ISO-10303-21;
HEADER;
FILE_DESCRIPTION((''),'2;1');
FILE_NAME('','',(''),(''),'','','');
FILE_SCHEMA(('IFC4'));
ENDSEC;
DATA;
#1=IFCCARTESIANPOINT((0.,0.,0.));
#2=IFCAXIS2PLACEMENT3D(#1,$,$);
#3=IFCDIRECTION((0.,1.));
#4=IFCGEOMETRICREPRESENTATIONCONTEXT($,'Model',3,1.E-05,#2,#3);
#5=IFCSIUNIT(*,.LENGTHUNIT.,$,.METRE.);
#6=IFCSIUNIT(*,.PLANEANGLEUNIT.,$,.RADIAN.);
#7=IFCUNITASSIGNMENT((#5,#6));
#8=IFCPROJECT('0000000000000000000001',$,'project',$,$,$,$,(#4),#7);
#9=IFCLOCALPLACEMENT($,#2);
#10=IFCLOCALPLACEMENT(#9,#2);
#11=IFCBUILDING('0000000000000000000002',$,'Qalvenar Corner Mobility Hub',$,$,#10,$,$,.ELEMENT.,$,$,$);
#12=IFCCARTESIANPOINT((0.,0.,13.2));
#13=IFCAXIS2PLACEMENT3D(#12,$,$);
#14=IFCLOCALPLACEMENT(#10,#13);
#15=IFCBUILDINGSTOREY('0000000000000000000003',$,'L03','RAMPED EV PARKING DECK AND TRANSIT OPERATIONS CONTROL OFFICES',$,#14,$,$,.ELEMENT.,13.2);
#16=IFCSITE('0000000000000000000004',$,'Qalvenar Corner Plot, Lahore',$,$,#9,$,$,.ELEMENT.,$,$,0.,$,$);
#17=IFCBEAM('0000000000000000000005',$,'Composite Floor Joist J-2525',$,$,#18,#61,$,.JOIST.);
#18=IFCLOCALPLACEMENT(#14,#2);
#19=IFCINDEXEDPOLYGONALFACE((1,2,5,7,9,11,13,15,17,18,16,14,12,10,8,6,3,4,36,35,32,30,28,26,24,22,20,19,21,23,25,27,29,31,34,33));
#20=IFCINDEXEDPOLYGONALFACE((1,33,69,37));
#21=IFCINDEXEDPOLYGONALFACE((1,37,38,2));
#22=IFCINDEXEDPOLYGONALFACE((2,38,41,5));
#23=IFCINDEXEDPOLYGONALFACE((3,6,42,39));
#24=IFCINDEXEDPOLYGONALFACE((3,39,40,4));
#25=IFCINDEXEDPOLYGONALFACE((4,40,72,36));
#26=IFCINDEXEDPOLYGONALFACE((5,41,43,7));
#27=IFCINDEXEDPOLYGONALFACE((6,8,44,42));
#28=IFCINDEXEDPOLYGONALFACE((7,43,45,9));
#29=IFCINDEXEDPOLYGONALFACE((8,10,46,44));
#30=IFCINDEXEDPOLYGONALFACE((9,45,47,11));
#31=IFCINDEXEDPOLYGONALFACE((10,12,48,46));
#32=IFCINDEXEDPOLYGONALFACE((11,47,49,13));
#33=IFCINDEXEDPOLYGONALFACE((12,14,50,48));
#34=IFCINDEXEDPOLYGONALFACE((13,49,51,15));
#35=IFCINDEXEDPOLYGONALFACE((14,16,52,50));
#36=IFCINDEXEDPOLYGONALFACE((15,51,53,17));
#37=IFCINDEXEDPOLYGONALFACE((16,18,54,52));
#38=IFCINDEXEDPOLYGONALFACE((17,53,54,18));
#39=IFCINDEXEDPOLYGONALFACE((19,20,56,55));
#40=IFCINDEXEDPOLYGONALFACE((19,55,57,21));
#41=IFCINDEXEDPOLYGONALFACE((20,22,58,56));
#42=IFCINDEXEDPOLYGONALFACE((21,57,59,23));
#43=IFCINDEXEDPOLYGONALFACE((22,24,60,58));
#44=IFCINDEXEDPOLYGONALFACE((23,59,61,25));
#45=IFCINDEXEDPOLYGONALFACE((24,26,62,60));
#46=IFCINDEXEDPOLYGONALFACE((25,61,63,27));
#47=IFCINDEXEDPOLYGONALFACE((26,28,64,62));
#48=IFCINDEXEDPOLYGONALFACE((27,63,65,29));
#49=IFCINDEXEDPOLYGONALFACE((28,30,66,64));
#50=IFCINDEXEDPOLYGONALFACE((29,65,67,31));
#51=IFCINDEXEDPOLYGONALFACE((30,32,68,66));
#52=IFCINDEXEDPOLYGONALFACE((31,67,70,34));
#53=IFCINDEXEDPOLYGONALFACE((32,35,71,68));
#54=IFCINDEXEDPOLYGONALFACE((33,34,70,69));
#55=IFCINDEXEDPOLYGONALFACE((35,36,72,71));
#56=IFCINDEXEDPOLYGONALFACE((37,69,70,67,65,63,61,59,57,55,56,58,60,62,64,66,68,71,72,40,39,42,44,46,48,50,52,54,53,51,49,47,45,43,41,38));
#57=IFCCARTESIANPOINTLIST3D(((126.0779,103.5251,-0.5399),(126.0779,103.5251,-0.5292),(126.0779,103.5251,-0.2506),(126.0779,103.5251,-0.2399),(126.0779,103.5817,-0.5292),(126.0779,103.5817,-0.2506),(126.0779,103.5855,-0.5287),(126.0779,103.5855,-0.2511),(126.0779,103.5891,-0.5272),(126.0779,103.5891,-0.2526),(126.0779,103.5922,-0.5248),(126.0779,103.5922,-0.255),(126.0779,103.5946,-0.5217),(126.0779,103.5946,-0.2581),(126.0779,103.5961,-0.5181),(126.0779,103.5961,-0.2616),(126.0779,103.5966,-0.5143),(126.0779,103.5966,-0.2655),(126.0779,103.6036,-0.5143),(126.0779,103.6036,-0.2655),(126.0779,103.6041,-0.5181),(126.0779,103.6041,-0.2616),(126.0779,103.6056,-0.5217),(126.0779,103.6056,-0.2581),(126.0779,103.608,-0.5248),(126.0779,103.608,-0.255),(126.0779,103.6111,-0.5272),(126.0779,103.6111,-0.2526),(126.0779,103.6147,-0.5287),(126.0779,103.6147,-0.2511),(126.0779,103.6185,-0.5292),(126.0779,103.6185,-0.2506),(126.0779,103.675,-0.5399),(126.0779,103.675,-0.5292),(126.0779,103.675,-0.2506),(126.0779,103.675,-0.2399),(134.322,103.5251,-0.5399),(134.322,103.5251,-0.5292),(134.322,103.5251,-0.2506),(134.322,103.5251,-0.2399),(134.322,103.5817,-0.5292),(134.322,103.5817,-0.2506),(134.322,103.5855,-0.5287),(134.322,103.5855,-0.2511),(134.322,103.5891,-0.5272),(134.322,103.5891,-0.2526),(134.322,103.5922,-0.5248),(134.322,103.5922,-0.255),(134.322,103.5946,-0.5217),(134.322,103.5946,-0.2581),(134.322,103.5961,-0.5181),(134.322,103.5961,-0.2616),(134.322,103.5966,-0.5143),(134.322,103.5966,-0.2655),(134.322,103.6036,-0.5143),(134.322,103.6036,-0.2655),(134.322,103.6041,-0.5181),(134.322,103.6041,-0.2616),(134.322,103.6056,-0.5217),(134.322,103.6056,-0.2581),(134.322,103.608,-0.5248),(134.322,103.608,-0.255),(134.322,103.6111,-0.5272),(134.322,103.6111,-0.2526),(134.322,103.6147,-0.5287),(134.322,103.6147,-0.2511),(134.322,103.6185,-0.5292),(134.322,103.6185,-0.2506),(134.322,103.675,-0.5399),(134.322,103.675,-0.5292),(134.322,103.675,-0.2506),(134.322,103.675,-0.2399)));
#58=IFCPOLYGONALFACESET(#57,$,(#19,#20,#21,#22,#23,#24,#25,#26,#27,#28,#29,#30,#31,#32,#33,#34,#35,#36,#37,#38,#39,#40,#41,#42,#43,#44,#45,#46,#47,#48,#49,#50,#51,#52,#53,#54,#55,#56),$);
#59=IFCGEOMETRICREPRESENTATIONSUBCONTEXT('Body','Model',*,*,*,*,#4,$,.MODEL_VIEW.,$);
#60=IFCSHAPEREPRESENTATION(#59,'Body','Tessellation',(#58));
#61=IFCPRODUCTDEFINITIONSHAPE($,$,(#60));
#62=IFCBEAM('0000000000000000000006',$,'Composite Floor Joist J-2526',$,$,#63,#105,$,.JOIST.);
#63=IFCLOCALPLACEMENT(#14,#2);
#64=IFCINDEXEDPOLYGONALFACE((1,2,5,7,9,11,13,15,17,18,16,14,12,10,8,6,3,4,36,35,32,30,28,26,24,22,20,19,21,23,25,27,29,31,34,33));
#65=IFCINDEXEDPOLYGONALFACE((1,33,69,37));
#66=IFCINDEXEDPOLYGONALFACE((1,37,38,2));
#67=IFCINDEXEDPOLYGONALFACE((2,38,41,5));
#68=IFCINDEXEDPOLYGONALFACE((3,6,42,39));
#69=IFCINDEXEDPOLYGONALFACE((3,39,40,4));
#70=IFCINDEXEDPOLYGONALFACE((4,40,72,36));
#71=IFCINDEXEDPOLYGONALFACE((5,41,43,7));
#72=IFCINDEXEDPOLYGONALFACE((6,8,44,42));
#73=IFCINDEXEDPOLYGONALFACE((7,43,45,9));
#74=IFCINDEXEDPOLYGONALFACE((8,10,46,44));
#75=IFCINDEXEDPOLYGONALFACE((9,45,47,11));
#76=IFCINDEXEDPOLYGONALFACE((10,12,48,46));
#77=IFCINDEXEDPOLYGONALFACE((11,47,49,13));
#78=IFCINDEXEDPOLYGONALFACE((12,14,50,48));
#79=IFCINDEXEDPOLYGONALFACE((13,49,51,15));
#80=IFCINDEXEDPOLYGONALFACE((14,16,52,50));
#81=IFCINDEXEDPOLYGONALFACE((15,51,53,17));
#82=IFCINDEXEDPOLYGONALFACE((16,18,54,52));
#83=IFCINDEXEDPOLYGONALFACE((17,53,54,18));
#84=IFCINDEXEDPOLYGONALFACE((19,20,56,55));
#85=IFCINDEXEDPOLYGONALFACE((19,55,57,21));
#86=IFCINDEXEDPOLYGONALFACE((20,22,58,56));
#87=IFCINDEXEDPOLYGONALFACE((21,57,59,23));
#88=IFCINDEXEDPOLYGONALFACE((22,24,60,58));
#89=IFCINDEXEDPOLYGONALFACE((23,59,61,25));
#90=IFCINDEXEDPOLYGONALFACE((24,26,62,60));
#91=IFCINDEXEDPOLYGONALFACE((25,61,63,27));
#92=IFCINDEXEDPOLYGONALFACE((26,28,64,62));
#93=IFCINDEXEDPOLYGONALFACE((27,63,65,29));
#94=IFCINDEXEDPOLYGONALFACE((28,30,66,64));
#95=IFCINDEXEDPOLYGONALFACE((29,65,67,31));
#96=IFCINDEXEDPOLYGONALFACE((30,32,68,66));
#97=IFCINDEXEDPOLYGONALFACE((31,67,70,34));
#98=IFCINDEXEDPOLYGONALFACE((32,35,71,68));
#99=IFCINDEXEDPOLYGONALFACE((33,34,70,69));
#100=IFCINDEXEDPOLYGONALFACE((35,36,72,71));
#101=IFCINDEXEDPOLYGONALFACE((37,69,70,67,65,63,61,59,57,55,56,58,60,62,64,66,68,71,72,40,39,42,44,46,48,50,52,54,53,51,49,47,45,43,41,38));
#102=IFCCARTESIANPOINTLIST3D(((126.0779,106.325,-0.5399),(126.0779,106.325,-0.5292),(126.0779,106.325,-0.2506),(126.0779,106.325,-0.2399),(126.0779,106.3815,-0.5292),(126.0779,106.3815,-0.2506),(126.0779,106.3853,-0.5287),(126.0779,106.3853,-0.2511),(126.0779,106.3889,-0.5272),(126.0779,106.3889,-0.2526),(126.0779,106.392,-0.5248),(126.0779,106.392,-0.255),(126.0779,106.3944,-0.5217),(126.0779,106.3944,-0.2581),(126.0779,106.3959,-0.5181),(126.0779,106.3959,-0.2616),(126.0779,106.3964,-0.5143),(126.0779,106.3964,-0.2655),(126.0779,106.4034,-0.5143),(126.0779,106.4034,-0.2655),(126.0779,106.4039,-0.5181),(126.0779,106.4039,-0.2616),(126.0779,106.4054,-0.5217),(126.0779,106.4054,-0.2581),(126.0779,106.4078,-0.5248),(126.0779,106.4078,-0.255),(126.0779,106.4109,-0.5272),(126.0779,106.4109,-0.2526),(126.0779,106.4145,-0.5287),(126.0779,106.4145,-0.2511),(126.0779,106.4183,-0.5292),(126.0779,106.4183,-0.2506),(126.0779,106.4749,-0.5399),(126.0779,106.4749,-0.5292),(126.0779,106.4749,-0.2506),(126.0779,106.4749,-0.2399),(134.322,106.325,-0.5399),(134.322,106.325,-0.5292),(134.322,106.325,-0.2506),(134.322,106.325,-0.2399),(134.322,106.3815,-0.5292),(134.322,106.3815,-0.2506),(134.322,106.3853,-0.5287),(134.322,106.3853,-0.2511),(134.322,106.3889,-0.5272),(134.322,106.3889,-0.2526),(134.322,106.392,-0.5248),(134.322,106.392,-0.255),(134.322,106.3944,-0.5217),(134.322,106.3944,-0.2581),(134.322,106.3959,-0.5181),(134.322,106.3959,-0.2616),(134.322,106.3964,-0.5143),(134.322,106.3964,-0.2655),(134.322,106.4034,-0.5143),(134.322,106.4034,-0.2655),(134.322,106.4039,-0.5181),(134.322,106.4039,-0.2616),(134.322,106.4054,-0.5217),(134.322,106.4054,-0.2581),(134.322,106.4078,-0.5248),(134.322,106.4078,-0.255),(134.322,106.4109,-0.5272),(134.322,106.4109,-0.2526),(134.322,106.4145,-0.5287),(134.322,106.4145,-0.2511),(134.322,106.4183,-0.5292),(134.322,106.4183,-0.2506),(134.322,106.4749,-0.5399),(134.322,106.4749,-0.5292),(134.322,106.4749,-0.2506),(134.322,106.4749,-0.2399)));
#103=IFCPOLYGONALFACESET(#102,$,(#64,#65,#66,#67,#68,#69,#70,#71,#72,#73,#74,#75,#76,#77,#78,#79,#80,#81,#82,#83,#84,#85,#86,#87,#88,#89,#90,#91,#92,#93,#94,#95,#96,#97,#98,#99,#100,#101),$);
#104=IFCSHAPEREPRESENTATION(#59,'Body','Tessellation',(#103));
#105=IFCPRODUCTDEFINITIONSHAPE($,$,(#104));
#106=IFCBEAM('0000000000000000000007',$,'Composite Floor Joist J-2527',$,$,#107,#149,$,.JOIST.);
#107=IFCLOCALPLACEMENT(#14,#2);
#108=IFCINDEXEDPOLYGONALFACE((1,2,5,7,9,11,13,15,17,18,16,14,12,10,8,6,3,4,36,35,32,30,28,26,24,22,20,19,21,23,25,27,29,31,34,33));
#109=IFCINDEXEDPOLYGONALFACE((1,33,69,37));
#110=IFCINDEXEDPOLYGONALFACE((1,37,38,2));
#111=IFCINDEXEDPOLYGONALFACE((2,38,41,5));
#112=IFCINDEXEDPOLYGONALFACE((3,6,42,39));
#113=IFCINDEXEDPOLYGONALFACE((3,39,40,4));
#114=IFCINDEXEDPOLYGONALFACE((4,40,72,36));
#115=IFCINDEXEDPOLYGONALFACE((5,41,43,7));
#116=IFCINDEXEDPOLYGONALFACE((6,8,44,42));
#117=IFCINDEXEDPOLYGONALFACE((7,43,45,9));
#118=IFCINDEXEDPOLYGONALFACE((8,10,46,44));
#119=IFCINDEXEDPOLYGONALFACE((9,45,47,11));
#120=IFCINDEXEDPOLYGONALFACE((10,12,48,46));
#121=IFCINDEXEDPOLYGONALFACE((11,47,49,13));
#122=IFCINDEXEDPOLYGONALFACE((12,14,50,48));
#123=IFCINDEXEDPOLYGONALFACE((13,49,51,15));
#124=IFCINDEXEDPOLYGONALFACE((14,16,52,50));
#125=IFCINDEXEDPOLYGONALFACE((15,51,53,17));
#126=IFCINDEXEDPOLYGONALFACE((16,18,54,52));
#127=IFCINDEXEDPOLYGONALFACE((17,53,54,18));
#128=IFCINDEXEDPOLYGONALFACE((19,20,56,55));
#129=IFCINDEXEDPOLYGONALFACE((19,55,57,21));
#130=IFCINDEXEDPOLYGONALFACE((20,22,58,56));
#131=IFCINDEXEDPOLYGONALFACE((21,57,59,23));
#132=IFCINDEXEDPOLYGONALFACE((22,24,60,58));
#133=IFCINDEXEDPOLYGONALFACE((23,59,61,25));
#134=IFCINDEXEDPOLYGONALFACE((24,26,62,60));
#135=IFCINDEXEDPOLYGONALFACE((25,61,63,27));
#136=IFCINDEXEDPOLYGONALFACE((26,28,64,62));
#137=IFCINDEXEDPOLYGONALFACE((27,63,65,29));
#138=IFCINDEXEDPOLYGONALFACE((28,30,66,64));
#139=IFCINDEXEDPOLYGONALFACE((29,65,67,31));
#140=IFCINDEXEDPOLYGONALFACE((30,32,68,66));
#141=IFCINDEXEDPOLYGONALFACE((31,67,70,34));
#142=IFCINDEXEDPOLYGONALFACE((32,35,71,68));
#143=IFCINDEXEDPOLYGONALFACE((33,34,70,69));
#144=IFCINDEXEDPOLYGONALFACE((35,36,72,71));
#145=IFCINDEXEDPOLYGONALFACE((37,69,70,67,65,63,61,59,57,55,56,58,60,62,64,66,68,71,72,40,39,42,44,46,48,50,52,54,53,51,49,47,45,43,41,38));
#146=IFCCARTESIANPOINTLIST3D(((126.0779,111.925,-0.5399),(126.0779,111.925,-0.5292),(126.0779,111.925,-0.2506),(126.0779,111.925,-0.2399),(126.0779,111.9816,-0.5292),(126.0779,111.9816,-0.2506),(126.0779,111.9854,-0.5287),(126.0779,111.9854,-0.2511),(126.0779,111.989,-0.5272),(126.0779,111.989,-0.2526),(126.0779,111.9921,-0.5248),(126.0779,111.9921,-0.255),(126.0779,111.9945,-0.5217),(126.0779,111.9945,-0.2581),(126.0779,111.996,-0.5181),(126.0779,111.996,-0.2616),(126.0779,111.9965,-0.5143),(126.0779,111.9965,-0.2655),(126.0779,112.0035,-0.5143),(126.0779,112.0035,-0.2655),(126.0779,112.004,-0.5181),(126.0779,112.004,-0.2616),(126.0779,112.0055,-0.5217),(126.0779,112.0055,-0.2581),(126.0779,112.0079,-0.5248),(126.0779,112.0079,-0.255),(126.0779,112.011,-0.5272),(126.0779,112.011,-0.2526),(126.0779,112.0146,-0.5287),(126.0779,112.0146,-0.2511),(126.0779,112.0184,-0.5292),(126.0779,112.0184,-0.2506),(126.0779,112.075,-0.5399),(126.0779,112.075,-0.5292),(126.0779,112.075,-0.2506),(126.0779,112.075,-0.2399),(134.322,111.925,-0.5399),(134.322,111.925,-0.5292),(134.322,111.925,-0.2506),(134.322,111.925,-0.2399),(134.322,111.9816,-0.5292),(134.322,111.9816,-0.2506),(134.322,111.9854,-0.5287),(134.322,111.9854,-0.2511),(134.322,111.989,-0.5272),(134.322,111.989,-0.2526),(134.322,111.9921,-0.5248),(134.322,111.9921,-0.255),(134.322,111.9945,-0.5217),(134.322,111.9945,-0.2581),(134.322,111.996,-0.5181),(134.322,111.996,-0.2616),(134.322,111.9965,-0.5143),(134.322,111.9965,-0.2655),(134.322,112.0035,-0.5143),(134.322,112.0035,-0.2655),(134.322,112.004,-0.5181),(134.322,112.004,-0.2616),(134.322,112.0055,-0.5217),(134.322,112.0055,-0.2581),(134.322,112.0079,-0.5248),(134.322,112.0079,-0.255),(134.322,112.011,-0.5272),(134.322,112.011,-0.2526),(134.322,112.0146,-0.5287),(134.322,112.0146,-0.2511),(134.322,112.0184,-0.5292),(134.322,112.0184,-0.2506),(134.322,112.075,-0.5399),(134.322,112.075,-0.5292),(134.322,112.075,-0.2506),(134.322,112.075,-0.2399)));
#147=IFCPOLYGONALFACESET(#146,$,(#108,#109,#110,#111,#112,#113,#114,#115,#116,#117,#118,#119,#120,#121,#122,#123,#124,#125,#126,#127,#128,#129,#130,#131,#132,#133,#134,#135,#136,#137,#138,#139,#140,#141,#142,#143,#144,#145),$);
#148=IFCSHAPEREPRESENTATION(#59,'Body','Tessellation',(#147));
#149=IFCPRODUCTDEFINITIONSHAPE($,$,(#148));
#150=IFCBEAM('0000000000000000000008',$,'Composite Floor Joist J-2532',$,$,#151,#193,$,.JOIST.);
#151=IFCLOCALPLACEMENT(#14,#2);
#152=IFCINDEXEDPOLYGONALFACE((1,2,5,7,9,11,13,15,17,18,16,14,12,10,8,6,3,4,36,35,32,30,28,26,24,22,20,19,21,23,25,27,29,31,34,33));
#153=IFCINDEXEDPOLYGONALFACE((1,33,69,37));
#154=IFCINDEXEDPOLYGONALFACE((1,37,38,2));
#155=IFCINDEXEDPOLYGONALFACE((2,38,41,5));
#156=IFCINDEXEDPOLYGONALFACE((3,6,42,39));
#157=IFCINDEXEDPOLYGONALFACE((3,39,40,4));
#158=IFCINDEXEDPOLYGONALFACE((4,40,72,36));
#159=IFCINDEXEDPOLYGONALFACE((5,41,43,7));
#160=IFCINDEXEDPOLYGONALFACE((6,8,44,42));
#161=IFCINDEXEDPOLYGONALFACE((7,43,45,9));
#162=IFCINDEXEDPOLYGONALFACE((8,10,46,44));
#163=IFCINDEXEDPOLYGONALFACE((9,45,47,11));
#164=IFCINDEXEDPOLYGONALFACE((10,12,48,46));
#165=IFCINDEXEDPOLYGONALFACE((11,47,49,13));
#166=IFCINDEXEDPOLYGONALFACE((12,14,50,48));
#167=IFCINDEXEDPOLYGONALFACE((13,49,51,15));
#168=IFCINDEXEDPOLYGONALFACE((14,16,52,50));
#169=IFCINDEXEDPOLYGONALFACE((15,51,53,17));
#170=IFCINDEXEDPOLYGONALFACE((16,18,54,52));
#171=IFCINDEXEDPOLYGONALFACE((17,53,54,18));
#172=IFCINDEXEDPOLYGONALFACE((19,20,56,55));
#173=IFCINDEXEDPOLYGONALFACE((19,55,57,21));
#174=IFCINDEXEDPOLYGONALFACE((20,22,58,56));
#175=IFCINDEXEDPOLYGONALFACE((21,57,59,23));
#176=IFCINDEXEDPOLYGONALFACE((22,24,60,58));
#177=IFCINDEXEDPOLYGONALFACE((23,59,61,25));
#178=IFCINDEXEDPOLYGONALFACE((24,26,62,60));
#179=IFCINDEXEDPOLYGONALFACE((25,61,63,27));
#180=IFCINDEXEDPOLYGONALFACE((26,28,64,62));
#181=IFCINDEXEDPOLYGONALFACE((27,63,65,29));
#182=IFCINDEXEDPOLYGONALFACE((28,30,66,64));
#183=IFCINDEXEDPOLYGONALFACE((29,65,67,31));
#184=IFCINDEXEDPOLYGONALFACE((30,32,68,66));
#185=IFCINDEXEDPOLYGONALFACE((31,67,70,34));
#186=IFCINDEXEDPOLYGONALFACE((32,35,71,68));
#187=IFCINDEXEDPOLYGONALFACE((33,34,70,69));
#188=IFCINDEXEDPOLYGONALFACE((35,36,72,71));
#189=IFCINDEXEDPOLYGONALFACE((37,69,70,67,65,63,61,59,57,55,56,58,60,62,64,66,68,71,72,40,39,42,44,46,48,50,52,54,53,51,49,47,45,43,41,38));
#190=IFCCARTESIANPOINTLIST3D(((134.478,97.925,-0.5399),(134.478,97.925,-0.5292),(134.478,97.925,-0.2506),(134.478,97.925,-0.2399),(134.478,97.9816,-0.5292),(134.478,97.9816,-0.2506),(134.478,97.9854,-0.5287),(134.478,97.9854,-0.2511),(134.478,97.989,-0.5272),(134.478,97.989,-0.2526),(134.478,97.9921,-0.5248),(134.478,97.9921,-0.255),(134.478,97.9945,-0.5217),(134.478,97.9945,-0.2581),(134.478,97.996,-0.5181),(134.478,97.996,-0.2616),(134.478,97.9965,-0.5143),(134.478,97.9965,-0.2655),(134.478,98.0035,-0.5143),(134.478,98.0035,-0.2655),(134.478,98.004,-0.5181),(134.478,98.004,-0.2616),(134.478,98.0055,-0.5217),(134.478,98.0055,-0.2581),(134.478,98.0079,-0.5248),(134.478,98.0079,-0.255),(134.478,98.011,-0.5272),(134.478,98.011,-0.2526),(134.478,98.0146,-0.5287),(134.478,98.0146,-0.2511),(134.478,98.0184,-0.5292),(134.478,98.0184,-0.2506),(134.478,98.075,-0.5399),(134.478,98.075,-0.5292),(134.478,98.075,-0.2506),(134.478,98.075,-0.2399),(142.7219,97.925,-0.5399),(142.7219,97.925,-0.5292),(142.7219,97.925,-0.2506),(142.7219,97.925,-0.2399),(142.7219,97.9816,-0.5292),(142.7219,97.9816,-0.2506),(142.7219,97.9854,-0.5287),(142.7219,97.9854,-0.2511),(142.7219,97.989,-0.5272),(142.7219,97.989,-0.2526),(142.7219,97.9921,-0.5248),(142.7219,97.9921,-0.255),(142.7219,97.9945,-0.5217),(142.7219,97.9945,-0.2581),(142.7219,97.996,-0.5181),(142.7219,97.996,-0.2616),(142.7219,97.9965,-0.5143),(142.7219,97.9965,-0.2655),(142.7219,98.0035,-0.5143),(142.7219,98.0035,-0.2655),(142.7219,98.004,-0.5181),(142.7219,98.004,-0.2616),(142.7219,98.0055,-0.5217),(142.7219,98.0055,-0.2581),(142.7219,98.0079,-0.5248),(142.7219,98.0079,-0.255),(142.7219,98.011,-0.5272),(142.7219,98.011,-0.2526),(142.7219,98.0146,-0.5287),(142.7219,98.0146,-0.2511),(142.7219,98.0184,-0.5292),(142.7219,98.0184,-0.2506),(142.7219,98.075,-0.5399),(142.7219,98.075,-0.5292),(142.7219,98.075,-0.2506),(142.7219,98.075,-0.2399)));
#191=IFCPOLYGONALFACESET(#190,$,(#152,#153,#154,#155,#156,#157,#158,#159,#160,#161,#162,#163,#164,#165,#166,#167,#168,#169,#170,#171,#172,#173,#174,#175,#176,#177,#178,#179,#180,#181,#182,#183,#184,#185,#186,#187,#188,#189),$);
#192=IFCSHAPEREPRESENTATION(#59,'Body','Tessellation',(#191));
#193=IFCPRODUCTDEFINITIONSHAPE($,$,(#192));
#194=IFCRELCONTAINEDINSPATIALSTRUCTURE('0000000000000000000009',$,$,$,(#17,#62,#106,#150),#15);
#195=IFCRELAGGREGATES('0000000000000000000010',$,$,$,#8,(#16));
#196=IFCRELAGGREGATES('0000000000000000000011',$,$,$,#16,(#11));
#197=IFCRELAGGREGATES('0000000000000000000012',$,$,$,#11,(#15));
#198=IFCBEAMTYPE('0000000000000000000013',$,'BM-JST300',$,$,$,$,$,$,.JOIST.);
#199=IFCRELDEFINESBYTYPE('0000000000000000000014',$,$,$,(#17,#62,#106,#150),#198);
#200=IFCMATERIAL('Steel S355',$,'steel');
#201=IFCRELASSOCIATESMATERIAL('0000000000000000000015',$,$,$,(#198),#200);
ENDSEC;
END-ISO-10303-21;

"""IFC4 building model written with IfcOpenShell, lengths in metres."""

from ifc_helpers import new_model, si_unit, direction, frame, origin, origin_2d, place, context, subcontext, project, spatial, i_section, extrude, material, material_profile, profile_set, type_object, element, save


model = new_model("IFC4")

# Units and contexts
model_context = context("Model", 3, precision=1e-05, world=origin(), true_north=direction((0.0, 1.0)))
body_context = subcontext(model_context, "Body", "Model", "MODEL_VIEW")
ifc_project = project(units=[si_unit("LENGTHUNIT", "METRE"), si_unit("PLANEANGLEUNIT", "RADIAN")], contexts=[model_context])

# Site, building, storey
site_placement = place(None, origin())
site = spatial("IfcSite", under=ifc_project, at=site_placement, Name="Qalvenar Corner Plot, Lahore", CompositionType="ELEMENT", RefElevation=0.0)
building_placement = place(site_placement, origin())
building = spatial("IfcBuilding", under=site, at=building_placement, Name="Qalvenar Corner Mobility Hub", CompositionType="ELEMENT")
storey_placement = place(building_placement, frame((0.0, 0.0, 13.2)))
storey = spatial("IfcBuildingStorey", under=building, at=storey_placement, Name="L03", Description="RAMPED EV PARKING DECK AND TRANSIT OPERATIONS CONTROL OFFICES", CompositionType="ELEMENT", Elevation=13.2)

# Shared definitions
ifc_material_1 = material(Name="Steel S355", Category="steel")

# Beams
ifc_material_profile_1 = material_profile(ifc_material_1, i_section(OverallWidth=0.1499, OverallDepth=0.3, WebThickness=0.0071, FlangeThickness=0.0107, FilletRadius=0.0149, at=origin_2d()), Name="IPE300")
ifc_profile_set_1 = profile_set([ifc_material_profile_1], Name="Steel S355")
beam_type_1 = type_object("IfcBeamType", Name="BM-JST300", PredefinedType="JOIST", material=ifc_profile_set_1)
for number, where, z_axis, x_axis, name in (
    (1, (126.0779, 103.6001, -0.3899), (1.0, 0.0, 0.0), (0.0, 1.0, 0.0), "Composite Floor Joist J-2525"),
    (2, (126.0779, 106.3999, -0.3899), (1.0, 0.0, 0.0), (0.0, 1.0, 0.0), "Composite Floor Joist J-2526"),
    (3, (126.0779, 112.0, -0.3899), (1.0, 0.0, 0.0), (0.0, 1.0, 0.0), "Composite Floor Joist J-2527"),
):
    element("IfcBeam", number, at=place(storey_placement, frame(where, z_axis=z_axis, x_axis=x_axis)), inside=storey, type_object=beam_type_1, Name=name, PredefinedType="JOIST", context=body_context, shape_type="SweptSolid", body=[
        extrude(i_section(OverallWidth=0.1499, OverallDepth=0.3, WebThickness=0.0071, FlangeThickness=0.0107, FilletRadius=0.0149, at=origin_2d()), origin(), (0.0, 0.0, 1.0), 8.2441),
    ])
for number, where, z_axis, x_axis, name in (
    (4, (134.478, 98.0, -0.3899), (1.0, 0.0, 0.0), (0.0, 1.0, 0.0), "Composite Floor Joist J-2532"),
):
    element("IfcBeam", number, at=place(storey_placement, frame(where, z_axis=z_axis, x_axis=x_axis)), inside=storey, type_object=beam_type_1, Name=name, PredefinedType="JOIST", context=body_context, shape_type="SweptSolid", body=[
        extrude(i_section(OverallWidth=0.1499, OverallDepth=0.3, WebThickness=0.0071, FlangeThickness=0.0107, FilletRadius=0.0149, at=origin_2d()), origin(), (0.0, 0.0, 1.0), 8.2439),
    ])

save(model, "model.ifc")
